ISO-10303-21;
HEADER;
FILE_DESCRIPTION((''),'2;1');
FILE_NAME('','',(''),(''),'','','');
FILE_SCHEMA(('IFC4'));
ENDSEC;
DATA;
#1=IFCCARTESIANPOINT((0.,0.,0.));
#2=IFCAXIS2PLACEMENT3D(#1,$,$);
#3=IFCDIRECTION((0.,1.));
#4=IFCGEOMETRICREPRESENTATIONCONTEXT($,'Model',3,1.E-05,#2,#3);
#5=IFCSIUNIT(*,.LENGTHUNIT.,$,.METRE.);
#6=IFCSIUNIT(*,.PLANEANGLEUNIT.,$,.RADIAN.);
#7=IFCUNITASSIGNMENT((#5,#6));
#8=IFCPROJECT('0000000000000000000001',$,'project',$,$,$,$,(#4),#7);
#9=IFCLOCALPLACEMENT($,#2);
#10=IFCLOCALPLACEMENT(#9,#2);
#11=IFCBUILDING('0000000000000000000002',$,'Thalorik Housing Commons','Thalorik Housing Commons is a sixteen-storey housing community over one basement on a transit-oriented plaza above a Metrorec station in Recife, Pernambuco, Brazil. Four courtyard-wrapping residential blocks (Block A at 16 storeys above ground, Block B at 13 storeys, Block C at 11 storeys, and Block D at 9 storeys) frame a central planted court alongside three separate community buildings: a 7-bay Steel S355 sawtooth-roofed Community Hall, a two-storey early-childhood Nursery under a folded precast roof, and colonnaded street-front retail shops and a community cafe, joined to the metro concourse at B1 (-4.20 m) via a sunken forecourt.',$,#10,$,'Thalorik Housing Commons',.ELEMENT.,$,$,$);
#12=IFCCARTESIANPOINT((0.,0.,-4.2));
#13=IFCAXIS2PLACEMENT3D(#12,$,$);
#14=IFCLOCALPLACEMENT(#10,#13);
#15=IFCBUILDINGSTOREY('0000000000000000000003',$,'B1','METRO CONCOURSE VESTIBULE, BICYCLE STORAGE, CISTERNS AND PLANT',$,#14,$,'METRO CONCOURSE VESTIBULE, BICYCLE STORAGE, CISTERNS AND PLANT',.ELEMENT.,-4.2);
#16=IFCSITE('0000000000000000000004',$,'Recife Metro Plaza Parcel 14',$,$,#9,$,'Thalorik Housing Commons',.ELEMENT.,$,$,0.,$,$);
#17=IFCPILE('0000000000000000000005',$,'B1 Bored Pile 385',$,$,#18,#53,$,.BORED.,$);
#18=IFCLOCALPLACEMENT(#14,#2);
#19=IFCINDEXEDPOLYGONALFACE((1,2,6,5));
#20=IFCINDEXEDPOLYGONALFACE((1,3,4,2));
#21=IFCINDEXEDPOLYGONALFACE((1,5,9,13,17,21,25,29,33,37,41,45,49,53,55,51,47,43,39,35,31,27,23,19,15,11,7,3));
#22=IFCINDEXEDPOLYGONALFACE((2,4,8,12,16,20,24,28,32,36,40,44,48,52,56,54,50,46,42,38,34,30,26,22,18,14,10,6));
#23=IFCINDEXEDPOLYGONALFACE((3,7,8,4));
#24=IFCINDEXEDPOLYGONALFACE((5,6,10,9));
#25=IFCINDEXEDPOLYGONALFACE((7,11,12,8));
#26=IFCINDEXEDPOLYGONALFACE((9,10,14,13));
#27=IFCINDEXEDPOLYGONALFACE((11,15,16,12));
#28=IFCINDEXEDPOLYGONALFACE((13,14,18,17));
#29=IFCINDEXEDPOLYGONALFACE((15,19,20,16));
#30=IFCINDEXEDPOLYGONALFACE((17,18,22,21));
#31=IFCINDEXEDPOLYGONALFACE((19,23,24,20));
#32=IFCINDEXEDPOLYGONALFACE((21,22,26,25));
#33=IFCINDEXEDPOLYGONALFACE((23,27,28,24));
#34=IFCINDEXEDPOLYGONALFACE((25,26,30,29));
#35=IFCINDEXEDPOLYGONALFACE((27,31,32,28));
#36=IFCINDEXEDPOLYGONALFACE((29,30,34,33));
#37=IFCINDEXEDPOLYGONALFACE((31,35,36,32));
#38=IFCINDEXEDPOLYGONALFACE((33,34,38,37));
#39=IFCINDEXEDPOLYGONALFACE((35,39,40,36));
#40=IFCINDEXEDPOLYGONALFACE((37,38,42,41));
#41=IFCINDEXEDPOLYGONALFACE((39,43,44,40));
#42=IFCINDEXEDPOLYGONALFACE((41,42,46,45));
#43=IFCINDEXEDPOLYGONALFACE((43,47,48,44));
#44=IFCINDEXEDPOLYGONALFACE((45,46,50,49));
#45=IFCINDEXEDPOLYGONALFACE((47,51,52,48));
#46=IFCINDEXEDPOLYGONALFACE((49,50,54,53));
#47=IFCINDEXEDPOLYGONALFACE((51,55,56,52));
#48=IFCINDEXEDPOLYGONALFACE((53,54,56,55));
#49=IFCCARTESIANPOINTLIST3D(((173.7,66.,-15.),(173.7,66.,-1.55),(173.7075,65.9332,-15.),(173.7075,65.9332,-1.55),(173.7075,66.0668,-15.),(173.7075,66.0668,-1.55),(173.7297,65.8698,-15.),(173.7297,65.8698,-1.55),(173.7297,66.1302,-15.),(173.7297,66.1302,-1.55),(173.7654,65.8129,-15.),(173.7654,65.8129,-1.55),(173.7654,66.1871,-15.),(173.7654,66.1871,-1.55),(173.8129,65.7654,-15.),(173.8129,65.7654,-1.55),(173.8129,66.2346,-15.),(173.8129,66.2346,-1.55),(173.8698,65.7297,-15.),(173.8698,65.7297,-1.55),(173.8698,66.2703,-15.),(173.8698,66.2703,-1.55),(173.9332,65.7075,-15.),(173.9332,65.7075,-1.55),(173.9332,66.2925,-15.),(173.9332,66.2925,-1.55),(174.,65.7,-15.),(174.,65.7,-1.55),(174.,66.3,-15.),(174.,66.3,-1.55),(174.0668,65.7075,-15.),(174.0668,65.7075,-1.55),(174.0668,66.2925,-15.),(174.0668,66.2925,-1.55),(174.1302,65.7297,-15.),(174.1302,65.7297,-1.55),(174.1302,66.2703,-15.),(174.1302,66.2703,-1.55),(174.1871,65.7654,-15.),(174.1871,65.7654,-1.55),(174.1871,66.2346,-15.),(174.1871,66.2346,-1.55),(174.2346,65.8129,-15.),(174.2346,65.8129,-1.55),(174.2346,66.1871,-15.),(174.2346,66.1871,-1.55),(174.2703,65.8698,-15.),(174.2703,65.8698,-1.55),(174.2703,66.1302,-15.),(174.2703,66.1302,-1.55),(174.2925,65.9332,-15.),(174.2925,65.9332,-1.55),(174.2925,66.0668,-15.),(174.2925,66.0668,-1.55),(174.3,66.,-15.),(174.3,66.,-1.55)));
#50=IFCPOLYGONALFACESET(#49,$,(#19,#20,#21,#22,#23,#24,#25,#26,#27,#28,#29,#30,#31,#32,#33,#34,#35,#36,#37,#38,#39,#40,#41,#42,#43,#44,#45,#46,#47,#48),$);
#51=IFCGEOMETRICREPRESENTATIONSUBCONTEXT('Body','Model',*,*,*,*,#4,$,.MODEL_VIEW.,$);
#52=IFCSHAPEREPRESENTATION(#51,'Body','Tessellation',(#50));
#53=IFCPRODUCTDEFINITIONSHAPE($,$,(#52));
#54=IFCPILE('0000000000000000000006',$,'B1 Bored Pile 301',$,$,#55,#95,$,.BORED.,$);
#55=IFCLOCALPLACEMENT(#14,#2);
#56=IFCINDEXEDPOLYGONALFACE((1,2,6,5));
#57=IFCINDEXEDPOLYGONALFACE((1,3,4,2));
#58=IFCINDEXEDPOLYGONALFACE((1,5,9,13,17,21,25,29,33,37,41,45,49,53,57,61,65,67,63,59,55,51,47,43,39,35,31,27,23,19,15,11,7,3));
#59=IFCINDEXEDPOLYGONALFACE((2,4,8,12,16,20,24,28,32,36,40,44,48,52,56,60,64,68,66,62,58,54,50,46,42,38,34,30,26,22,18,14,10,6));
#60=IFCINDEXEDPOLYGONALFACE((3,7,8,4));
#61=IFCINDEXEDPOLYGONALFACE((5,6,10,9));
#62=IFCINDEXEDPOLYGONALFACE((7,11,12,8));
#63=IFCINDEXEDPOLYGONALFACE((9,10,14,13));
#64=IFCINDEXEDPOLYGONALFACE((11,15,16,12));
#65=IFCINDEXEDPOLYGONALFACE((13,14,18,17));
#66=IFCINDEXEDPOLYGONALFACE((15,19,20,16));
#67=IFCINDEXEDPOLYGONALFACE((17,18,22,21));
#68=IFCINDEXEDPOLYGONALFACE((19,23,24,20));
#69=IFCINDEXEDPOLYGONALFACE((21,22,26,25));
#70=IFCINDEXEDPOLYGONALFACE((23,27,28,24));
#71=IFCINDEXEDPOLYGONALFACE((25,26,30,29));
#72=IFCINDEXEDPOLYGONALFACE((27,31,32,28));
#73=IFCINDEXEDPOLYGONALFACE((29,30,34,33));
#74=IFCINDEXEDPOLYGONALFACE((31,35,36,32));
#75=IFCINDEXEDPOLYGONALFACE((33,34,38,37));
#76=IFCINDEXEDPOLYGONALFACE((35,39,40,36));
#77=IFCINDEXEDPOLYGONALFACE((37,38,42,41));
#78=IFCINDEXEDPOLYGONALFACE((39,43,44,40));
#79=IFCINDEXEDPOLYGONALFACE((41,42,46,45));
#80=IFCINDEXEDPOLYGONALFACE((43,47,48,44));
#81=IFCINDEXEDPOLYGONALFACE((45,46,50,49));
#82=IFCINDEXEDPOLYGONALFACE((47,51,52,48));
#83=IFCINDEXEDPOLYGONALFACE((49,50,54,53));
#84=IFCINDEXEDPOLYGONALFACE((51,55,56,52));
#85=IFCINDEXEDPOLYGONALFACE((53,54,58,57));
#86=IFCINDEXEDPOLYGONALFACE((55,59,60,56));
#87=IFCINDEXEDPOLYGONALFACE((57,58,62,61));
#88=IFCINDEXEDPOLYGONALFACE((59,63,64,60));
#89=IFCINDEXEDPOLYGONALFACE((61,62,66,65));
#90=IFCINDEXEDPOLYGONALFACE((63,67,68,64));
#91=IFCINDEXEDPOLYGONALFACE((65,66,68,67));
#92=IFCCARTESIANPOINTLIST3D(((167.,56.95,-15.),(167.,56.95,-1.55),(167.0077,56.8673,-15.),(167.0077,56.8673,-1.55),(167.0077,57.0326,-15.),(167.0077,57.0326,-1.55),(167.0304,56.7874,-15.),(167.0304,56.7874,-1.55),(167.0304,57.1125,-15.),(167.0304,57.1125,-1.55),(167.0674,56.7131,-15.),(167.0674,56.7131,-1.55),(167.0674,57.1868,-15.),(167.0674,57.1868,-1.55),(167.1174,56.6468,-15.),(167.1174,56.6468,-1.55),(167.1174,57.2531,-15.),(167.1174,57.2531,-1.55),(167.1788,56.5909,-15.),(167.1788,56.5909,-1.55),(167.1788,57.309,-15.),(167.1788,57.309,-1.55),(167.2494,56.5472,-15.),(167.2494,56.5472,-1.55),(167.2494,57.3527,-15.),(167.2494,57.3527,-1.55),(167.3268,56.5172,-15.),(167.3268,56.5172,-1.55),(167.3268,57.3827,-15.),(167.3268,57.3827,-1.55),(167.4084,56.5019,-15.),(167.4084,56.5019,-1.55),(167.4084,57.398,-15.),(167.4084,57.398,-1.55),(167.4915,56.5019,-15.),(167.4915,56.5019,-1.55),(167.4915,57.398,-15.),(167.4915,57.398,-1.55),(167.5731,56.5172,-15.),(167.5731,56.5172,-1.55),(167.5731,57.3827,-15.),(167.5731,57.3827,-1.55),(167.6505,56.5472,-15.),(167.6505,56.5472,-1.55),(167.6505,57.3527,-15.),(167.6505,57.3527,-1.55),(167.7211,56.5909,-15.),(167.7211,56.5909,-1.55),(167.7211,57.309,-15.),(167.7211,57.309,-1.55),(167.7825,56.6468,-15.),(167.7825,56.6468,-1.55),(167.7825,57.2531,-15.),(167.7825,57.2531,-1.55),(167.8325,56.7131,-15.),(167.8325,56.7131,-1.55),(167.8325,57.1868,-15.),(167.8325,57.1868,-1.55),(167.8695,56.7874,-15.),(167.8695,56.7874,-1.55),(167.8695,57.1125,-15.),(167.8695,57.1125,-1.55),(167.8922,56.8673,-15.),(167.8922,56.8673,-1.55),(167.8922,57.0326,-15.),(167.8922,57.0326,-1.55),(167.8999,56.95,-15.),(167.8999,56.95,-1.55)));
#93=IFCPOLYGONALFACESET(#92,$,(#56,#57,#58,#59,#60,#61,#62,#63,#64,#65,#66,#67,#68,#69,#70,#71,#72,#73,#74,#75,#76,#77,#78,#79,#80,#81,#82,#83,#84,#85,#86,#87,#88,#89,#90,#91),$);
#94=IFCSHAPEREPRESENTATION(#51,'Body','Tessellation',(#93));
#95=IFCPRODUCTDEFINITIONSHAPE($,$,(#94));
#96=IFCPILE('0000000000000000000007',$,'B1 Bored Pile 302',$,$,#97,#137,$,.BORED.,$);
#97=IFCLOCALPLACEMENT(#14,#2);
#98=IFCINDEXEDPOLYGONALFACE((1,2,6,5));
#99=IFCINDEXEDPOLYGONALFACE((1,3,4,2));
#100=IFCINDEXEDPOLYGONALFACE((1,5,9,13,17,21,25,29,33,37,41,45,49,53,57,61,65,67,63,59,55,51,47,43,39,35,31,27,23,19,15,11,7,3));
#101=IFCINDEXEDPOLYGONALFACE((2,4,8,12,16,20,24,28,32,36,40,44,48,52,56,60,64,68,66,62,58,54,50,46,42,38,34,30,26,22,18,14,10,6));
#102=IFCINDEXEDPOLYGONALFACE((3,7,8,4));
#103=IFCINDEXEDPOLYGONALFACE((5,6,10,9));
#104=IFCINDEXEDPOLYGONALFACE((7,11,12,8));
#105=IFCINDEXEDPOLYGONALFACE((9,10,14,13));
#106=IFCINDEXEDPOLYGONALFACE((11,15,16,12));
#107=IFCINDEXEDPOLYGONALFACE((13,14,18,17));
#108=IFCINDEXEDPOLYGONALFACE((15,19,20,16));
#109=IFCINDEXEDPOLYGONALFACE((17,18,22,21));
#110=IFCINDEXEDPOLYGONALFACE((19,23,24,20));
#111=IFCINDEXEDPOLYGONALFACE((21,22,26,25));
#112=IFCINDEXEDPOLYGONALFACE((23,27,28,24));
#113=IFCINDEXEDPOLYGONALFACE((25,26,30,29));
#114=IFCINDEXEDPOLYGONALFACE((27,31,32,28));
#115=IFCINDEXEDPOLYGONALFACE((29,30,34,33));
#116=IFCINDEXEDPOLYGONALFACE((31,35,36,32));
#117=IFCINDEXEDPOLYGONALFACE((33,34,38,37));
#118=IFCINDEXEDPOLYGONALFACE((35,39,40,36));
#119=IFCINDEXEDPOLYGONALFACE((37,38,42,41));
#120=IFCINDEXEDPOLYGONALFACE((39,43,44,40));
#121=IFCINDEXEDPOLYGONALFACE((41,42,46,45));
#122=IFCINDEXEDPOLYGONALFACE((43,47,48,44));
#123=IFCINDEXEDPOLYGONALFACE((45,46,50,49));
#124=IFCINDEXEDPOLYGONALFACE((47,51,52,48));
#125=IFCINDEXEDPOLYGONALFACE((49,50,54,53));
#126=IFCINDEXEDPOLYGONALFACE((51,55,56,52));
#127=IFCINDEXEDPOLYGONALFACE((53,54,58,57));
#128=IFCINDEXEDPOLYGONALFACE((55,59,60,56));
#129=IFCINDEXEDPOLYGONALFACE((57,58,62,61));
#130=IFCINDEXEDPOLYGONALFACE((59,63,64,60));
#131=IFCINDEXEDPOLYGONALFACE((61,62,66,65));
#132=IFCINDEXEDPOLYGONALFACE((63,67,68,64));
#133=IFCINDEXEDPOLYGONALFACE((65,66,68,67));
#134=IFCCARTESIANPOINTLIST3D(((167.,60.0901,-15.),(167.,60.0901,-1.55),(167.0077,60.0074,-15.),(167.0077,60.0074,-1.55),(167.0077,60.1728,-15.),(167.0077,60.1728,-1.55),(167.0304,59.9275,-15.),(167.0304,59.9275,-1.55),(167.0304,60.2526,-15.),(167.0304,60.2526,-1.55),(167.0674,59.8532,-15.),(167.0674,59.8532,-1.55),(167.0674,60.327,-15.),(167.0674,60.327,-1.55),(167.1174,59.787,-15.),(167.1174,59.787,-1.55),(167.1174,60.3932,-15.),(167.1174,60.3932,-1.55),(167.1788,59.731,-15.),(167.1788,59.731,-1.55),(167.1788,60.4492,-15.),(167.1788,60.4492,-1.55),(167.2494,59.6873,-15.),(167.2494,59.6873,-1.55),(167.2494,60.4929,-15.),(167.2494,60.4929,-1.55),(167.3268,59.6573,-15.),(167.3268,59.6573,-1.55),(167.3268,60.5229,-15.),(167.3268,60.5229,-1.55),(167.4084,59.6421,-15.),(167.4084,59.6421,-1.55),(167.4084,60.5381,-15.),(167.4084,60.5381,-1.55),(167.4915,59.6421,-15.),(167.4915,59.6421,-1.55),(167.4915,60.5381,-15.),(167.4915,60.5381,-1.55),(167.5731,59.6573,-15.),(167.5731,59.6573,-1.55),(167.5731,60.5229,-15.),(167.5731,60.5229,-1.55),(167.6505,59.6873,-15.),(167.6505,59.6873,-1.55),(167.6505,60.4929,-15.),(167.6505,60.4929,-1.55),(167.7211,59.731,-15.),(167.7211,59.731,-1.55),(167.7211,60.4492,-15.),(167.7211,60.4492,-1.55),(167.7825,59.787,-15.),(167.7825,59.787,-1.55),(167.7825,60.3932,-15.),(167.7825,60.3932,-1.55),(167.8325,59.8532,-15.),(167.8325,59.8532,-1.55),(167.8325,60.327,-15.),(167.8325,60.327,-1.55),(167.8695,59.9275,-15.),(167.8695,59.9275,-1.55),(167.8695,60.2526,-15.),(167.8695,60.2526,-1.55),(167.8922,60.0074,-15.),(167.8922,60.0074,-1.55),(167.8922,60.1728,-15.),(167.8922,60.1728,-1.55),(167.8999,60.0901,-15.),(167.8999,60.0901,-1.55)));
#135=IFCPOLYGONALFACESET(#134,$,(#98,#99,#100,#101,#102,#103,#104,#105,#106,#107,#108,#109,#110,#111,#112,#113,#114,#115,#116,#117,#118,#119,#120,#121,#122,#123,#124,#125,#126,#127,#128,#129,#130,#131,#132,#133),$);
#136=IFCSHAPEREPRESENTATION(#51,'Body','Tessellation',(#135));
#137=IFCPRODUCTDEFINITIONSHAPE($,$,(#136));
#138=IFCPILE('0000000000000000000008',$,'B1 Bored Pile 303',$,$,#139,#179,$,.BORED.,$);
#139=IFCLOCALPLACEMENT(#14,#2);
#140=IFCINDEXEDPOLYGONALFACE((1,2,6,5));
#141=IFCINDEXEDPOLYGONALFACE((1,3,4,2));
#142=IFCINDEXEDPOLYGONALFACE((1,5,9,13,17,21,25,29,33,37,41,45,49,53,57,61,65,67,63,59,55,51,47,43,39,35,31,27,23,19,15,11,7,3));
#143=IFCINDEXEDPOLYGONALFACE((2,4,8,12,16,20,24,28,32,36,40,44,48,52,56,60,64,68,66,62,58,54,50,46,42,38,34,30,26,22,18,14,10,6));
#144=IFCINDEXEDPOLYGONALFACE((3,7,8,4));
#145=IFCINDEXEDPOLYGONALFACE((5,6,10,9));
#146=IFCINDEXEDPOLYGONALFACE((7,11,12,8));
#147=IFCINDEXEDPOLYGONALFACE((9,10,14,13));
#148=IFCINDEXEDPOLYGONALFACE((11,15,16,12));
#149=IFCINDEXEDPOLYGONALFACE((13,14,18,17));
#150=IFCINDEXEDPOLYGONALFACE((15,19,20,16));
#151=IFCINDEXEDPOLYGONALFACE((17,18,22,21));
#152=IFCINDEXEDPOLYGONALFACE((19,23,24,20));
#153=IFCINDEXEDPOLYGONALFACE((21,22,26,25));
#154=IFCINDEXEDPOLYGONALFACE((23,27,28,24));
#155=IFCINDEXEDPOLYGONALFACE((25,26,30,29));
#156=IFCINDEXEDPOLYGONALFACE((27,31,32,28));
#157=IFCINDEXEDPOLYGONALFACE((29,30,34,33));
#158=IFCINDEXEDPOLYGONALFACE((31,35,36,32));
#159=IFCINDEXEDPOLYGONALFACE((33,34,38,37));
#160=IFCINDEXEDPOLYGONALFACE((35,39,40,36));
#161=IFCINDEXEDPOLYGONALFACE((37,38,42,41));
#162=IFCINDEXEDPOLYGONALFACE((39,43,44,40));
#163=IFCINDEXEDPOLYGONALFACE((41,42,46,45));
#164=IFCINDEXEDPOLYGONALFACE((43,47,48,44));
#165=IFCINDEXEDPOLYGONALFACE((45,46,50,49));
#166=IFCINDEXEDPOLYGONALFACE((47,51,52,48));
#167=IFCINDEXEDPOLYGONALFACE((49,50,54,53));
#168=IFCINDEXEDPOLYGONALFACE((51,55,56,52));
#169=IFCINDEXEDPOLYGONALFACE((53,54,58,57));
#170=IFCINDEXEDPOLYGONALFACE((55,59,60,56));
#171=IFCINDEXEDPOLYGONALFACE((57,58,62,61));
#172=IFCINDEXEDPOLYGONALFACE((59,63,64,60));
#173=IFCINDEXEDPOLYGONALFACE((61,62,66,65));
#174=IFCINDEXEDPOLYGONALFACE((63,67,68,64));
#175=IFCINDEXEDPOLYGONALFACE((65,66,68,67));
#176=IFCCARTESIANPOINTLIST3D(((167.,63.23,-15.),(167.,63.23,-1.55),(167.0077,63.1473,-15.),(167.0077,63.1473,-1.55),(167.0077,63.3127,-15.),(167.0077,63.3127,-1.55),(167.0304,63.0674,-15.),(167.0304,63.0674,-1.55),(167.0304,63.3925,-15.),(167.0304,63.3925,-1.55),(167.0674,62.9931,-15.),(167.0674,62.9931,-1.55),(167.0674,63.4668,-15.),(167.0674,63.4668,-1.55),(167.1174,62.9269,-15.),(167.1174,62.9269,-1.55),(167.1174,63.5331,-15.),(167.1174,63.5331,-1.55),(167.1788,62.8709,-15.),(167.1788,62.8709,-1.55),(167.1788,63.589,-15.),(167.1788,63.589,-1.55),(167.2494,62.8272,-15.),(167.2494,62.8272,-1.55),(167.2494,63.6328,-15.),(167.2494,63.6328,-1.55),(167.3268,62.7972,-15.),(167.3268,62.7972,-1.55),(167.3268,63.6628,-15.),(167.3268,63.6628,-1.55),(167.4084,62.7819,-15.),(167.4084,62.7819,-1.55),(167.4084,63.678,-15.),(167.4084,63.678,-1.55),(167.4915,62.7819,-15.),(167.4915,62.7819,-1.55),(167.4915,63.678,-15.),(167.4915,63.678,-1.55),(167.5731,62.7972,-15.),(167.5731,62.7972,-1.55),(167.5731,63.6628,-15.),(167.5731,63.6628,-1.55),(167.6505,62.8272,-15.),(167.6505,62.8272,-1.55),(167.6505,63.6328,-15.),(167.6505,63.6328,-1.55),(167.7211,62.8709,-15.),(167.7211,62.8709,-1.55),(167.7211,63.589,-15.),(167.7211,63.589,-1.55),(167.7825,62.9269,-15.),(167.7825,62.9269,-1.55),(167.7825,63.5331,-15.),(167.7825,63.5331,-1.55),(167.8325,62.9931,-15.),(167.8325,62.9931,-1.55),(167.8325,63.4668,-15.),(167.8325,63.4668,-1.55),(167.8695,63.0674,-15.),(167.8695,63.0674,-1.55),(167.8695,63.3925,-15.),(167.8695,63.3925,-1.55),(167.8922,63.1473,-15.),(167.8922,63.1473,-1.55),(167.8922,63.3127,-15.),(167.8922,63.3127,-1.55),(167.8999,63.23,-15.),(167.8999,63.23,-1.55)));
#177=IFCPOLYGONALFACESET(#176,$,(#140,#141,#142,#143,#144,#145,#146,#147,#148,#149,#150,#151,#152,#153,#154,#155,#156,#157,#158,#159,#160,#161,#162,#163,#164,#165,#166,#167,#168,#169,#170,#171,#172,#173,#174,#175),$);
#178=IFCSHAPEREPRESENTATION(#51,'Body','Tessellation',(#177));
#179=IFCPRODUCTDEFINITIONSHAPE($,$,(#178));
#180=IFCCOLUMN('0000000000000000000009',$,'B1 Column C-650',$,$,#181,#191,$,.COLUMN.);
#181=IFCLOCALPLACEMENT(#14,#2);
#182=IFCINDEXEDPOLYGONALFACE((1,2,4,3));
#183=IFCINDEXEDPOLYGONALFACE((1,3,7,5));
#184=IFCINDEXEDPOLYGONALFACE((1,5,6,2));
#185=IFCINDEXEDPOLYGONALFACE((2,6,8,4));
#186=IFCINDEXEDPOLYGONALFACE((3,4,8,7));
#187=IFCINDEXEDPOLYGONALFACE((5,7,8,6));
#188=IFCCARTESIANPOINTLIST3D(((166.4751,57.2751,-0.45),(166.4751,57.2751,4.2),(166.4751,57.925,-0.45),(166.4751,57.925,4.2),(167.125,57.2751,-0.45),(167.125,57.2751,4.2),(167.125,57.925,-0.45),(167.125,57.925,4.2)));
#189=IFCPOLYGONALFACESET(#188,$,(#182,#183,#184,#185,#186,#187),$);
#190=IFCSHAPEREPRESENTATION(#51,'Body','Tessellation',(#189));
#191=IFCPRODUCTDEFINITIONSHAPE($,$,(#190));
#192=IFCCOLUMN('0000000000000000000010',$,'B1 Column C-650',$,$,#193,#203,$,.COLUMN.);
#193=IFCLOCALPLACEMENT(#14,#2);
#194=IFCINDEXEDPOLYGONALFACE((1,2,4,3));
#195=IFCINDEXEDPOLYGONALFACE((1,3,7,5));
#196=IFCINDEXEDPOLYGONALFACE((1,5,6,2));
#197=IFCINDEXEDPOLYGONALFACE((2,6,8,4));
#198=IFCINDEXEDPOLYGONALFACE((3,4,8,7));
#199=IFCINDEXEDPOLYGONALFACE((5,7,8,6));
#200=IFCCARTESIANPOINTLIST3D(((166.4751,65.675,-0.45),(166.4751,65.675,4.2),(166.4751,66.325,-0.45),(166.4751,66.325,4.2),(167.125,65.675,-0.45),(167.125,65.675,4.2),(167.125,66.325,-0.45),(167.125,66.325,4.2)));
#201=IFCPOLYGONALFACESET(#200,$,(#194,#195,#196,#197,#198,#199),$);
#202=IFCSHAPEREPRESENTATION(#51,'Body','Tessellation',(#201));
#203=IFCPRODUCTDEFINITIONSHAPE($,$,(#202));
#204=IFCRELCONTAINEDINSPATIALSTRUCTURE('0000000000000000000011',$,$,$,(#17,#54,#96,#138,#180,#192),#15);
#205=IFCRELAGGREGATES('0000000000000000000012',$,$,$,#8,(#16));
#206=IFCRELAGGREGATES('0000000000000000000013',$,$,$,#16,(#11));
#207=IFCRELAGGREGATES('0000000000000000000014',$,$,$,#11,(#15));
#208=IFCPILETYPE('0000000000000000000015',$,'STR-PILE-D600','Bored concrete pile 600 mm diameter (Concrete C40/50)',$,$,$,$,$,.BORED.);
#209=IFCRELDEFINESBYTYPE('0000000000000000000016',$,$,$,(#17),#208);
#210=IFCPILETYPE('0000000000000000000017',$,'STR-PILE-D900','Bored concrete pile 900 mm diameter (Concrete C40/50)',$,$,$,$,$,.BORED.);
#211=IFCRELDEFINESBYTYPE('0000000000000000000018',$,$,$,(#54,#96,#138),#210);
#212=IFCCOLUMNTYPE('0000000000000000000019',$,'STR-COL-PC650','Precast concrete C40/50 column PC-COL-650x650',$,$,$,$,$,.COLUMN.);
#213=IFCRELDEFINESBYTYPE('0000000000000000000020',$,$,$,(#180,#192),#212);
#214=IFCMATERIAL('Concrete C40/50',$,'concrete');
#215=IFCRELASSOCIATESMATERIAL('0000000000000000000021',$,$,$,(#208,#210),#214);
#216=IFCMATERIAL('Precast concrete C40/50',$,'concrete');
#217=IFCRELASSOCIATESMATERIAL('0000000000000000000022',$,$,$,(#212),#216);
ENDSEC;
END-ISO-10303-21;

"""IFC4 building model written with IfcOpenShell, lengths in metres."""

from ifc_helpers import new_model, si_unit, direction, frame, origin, origin_2d, place, context, subcontext, project, spatial, rectangle, circle, extrude, material, material_profile, profile_set, type_object, element, save


model = new_model("IFC4")

# Units and contexts
model_context = context("Model", 3, precision=1e-05, world=origin(), true_north=direction((0.0, 1.0)))
body_context = subcontext(model_context, "Body", "Model", "MODEL_VIEW")
ifc_project = project(units=[si_unit("LENGTHUNIT", "METRE"), si_unit("PLANEANGLEUNIT", "RADIAN")], contexts=[model_context])

# Site, building, storey
site_placement = place(None, origin())
site = spatial("IfcSite", under=ifc_project, at=site_placement, Name="Recife Metro Plaza Parcel 14", LongName="Thalorik Housing Commons", CompositionType="ELEMENT", RefElevation=0.0)
building_placement = place(site_placement, origin())
building = spatial("IfcBuilding", under=site, at=building_placement, Name="Thalorik Housing Commons", Description="Thalorik Housing Commons is a sixteen-storey housing community over one basement on a transit-oriented plaza above a Metrorec station in Recife, Pernambuco, Brazil. Four courtyard-wrapping residential blocks (Block A at 16 storeys above ground, Block B at 13 storeys, Block C at 11 storeys, and Block D at 9 storeys) frame a central planted court alongside three separate community buildings: a 7-bay Steel S355 sawtooth-roofed Community Hall, a two-storey early-childhood Nursery under a folded precast roof, and colonnaded street-front retail shops and a community cafe, joined to the metro concourse at B1 (-4.20 m) via a sunken forecourt.", LongName="Thalorik Housing Commons", CompositionType="ELEMENT")
storey_placement = place(building_placement, frame((0.0, 0.0, -4.2)))
storey = spatial("IfcBuildingStorey", under=building, at=storey_placement, Name="B1", Description="METRO CONCOURSE VESTIBULE, BICYCLE STORAGE, CISTERNS AND PLANT", LongName="METRO CONCOURSE VESTIBULE, BICYCLE STORAGE, CISTERNS AND PLANT", CompositionType="ELEMENT", Elevation=-4.2)

# Shared definitions
ifc_material_1 = material(Name="Concrete C40/50", Category="concrete")

# Piles
ifc_material_profile_1 = material_profile(ifc_material_1, circle(Radius=0.3, at=origin_2d()), Name="BORED PILE D600", Category="concrete")
ifc_profile_set_1 = profile_set([ifc_material_profile_1], Name="Concrete C40/50")
pile_type_1 = type_object("IfcPileType", Name="STR-PILE-D600", Description="Bored concrete pile 600 mm diameter (Concrete C40/50)", PredefinedType="BORED", material=ifc_profile_set_1)
for number, where, z_axis, x_axis, name in (
    (1, (174.0, 66.0, -1.55), (0.0, 0.0, -1.0), (1.0, 0.0, 0.0), "B1 Bored Pile 385"),
):
    element("IfcPile", number, at=place(storey_placement, frame(where, z_axis=z_axis, x_axis=x_axis)), inside=storey, type_object=pile_type_1, Name=name, PredefinedType="BORED", context=body_context, shape_type="SweptSolid", body=[
        extrude(circle(Radius=0.3, at=origin_2d()), origin(), (0.0, 0.0, 1.0), 13.45),
    ])
ifc_material_profile_2 = material_profile(ifc_material_1, circle(Radius=0.45, at=origin_2d()), Name="BORED PILE D900", Category="concrete")
ifc_profile_set_2 = profile_set([ifc_material_profile_2], Name="Concrete C40/50")
pile_type_2 = type_object("IfcPileType", Name="STR-PILE-D900", Description="Bored concrete pile 900 mm diameter (Concrete C40/50)", PredefinedType="BORED", material=ifc_profile_set_2)
for number, where, z_axis, x_axis, name in (
    (2, (167.45, 56.95, -1.55), (0.0, 0.0, -1.0), (1.0, 0.0, 0.0), "B1 Bored Pile 301"),
    (3, (167.45, 60.0901, -1.55), (0.0, 0.0, -1.0), (1.0, 0.0, 0.0), "B1 Bored Pile 302"),
    (4, (167.45, 63.23, -1.55), (0.0, 0.0, -1.0), (1.0, 0.0, 0.0), "B1 Bored Pile 303"),
):
    element("IfcPile", number, at=place(storey_placement, frame(where, z_axis=z_axis, x_axis=x_axis)), inside=storey, type_object=pile_type_2, Name=name, PredefinedType="BORED", context=body_context, shape_type="SweptSolid", body=[
        extrude(circle(Radius=0.45, at=origin_2d()), origin(), (0.0, 0.0, 1.0), 13.45),
    ])

# Columns
ifc_material_2 = material(Name="Precast concrete C40/50", Category="concrete")
ifc_material_profile_3 = material_profile(ifc_material_2, rectangle(XDim=0.6499, YDim=0.6499, at=origin_2d()), Name="PC 650x650", Category="concrete")
ifc_profile_set_3 = profile_set([ifc_material_profile_3], Name="Precast concrete C40/50")
column_type = type_object("IfcColumnType", Name="STR-COL-PC650", Description="Precast concrete C40/50 column PC-COL-650x650", PredefinedType="COLUMN", material=ifc_profile_set_3)
for number, where, z_axis, x_axis, name in (
    (5, (166.8, 57.6001, -0.45), (0.0, 0.0, 1.0), (1.0, 0.0, 0.0), "B1 Column C-650"),
    (6, (166.8, 66.0, -0.45), (0.0, 0.0, 1.0), (1.0, 0.0, 0.0), "B1 Column C-650"),
):
    element("IfcColumn", number, at=place(storey_placement, frame(where, z_axis=z_axis, x_axis=x_axis)), inside=storey, type_object=column_type, Name=name, PredefinedType="COLUMN", context=body_context, shape_type="SweptSolid", body=[
        extrude(rectangle(XDim=0.6499, YDim=0.6499, at=origin_2d()), origin(), (0.0, 0.0, 1.0), 4.6499),
    ])

save(model, "model.ifc")
